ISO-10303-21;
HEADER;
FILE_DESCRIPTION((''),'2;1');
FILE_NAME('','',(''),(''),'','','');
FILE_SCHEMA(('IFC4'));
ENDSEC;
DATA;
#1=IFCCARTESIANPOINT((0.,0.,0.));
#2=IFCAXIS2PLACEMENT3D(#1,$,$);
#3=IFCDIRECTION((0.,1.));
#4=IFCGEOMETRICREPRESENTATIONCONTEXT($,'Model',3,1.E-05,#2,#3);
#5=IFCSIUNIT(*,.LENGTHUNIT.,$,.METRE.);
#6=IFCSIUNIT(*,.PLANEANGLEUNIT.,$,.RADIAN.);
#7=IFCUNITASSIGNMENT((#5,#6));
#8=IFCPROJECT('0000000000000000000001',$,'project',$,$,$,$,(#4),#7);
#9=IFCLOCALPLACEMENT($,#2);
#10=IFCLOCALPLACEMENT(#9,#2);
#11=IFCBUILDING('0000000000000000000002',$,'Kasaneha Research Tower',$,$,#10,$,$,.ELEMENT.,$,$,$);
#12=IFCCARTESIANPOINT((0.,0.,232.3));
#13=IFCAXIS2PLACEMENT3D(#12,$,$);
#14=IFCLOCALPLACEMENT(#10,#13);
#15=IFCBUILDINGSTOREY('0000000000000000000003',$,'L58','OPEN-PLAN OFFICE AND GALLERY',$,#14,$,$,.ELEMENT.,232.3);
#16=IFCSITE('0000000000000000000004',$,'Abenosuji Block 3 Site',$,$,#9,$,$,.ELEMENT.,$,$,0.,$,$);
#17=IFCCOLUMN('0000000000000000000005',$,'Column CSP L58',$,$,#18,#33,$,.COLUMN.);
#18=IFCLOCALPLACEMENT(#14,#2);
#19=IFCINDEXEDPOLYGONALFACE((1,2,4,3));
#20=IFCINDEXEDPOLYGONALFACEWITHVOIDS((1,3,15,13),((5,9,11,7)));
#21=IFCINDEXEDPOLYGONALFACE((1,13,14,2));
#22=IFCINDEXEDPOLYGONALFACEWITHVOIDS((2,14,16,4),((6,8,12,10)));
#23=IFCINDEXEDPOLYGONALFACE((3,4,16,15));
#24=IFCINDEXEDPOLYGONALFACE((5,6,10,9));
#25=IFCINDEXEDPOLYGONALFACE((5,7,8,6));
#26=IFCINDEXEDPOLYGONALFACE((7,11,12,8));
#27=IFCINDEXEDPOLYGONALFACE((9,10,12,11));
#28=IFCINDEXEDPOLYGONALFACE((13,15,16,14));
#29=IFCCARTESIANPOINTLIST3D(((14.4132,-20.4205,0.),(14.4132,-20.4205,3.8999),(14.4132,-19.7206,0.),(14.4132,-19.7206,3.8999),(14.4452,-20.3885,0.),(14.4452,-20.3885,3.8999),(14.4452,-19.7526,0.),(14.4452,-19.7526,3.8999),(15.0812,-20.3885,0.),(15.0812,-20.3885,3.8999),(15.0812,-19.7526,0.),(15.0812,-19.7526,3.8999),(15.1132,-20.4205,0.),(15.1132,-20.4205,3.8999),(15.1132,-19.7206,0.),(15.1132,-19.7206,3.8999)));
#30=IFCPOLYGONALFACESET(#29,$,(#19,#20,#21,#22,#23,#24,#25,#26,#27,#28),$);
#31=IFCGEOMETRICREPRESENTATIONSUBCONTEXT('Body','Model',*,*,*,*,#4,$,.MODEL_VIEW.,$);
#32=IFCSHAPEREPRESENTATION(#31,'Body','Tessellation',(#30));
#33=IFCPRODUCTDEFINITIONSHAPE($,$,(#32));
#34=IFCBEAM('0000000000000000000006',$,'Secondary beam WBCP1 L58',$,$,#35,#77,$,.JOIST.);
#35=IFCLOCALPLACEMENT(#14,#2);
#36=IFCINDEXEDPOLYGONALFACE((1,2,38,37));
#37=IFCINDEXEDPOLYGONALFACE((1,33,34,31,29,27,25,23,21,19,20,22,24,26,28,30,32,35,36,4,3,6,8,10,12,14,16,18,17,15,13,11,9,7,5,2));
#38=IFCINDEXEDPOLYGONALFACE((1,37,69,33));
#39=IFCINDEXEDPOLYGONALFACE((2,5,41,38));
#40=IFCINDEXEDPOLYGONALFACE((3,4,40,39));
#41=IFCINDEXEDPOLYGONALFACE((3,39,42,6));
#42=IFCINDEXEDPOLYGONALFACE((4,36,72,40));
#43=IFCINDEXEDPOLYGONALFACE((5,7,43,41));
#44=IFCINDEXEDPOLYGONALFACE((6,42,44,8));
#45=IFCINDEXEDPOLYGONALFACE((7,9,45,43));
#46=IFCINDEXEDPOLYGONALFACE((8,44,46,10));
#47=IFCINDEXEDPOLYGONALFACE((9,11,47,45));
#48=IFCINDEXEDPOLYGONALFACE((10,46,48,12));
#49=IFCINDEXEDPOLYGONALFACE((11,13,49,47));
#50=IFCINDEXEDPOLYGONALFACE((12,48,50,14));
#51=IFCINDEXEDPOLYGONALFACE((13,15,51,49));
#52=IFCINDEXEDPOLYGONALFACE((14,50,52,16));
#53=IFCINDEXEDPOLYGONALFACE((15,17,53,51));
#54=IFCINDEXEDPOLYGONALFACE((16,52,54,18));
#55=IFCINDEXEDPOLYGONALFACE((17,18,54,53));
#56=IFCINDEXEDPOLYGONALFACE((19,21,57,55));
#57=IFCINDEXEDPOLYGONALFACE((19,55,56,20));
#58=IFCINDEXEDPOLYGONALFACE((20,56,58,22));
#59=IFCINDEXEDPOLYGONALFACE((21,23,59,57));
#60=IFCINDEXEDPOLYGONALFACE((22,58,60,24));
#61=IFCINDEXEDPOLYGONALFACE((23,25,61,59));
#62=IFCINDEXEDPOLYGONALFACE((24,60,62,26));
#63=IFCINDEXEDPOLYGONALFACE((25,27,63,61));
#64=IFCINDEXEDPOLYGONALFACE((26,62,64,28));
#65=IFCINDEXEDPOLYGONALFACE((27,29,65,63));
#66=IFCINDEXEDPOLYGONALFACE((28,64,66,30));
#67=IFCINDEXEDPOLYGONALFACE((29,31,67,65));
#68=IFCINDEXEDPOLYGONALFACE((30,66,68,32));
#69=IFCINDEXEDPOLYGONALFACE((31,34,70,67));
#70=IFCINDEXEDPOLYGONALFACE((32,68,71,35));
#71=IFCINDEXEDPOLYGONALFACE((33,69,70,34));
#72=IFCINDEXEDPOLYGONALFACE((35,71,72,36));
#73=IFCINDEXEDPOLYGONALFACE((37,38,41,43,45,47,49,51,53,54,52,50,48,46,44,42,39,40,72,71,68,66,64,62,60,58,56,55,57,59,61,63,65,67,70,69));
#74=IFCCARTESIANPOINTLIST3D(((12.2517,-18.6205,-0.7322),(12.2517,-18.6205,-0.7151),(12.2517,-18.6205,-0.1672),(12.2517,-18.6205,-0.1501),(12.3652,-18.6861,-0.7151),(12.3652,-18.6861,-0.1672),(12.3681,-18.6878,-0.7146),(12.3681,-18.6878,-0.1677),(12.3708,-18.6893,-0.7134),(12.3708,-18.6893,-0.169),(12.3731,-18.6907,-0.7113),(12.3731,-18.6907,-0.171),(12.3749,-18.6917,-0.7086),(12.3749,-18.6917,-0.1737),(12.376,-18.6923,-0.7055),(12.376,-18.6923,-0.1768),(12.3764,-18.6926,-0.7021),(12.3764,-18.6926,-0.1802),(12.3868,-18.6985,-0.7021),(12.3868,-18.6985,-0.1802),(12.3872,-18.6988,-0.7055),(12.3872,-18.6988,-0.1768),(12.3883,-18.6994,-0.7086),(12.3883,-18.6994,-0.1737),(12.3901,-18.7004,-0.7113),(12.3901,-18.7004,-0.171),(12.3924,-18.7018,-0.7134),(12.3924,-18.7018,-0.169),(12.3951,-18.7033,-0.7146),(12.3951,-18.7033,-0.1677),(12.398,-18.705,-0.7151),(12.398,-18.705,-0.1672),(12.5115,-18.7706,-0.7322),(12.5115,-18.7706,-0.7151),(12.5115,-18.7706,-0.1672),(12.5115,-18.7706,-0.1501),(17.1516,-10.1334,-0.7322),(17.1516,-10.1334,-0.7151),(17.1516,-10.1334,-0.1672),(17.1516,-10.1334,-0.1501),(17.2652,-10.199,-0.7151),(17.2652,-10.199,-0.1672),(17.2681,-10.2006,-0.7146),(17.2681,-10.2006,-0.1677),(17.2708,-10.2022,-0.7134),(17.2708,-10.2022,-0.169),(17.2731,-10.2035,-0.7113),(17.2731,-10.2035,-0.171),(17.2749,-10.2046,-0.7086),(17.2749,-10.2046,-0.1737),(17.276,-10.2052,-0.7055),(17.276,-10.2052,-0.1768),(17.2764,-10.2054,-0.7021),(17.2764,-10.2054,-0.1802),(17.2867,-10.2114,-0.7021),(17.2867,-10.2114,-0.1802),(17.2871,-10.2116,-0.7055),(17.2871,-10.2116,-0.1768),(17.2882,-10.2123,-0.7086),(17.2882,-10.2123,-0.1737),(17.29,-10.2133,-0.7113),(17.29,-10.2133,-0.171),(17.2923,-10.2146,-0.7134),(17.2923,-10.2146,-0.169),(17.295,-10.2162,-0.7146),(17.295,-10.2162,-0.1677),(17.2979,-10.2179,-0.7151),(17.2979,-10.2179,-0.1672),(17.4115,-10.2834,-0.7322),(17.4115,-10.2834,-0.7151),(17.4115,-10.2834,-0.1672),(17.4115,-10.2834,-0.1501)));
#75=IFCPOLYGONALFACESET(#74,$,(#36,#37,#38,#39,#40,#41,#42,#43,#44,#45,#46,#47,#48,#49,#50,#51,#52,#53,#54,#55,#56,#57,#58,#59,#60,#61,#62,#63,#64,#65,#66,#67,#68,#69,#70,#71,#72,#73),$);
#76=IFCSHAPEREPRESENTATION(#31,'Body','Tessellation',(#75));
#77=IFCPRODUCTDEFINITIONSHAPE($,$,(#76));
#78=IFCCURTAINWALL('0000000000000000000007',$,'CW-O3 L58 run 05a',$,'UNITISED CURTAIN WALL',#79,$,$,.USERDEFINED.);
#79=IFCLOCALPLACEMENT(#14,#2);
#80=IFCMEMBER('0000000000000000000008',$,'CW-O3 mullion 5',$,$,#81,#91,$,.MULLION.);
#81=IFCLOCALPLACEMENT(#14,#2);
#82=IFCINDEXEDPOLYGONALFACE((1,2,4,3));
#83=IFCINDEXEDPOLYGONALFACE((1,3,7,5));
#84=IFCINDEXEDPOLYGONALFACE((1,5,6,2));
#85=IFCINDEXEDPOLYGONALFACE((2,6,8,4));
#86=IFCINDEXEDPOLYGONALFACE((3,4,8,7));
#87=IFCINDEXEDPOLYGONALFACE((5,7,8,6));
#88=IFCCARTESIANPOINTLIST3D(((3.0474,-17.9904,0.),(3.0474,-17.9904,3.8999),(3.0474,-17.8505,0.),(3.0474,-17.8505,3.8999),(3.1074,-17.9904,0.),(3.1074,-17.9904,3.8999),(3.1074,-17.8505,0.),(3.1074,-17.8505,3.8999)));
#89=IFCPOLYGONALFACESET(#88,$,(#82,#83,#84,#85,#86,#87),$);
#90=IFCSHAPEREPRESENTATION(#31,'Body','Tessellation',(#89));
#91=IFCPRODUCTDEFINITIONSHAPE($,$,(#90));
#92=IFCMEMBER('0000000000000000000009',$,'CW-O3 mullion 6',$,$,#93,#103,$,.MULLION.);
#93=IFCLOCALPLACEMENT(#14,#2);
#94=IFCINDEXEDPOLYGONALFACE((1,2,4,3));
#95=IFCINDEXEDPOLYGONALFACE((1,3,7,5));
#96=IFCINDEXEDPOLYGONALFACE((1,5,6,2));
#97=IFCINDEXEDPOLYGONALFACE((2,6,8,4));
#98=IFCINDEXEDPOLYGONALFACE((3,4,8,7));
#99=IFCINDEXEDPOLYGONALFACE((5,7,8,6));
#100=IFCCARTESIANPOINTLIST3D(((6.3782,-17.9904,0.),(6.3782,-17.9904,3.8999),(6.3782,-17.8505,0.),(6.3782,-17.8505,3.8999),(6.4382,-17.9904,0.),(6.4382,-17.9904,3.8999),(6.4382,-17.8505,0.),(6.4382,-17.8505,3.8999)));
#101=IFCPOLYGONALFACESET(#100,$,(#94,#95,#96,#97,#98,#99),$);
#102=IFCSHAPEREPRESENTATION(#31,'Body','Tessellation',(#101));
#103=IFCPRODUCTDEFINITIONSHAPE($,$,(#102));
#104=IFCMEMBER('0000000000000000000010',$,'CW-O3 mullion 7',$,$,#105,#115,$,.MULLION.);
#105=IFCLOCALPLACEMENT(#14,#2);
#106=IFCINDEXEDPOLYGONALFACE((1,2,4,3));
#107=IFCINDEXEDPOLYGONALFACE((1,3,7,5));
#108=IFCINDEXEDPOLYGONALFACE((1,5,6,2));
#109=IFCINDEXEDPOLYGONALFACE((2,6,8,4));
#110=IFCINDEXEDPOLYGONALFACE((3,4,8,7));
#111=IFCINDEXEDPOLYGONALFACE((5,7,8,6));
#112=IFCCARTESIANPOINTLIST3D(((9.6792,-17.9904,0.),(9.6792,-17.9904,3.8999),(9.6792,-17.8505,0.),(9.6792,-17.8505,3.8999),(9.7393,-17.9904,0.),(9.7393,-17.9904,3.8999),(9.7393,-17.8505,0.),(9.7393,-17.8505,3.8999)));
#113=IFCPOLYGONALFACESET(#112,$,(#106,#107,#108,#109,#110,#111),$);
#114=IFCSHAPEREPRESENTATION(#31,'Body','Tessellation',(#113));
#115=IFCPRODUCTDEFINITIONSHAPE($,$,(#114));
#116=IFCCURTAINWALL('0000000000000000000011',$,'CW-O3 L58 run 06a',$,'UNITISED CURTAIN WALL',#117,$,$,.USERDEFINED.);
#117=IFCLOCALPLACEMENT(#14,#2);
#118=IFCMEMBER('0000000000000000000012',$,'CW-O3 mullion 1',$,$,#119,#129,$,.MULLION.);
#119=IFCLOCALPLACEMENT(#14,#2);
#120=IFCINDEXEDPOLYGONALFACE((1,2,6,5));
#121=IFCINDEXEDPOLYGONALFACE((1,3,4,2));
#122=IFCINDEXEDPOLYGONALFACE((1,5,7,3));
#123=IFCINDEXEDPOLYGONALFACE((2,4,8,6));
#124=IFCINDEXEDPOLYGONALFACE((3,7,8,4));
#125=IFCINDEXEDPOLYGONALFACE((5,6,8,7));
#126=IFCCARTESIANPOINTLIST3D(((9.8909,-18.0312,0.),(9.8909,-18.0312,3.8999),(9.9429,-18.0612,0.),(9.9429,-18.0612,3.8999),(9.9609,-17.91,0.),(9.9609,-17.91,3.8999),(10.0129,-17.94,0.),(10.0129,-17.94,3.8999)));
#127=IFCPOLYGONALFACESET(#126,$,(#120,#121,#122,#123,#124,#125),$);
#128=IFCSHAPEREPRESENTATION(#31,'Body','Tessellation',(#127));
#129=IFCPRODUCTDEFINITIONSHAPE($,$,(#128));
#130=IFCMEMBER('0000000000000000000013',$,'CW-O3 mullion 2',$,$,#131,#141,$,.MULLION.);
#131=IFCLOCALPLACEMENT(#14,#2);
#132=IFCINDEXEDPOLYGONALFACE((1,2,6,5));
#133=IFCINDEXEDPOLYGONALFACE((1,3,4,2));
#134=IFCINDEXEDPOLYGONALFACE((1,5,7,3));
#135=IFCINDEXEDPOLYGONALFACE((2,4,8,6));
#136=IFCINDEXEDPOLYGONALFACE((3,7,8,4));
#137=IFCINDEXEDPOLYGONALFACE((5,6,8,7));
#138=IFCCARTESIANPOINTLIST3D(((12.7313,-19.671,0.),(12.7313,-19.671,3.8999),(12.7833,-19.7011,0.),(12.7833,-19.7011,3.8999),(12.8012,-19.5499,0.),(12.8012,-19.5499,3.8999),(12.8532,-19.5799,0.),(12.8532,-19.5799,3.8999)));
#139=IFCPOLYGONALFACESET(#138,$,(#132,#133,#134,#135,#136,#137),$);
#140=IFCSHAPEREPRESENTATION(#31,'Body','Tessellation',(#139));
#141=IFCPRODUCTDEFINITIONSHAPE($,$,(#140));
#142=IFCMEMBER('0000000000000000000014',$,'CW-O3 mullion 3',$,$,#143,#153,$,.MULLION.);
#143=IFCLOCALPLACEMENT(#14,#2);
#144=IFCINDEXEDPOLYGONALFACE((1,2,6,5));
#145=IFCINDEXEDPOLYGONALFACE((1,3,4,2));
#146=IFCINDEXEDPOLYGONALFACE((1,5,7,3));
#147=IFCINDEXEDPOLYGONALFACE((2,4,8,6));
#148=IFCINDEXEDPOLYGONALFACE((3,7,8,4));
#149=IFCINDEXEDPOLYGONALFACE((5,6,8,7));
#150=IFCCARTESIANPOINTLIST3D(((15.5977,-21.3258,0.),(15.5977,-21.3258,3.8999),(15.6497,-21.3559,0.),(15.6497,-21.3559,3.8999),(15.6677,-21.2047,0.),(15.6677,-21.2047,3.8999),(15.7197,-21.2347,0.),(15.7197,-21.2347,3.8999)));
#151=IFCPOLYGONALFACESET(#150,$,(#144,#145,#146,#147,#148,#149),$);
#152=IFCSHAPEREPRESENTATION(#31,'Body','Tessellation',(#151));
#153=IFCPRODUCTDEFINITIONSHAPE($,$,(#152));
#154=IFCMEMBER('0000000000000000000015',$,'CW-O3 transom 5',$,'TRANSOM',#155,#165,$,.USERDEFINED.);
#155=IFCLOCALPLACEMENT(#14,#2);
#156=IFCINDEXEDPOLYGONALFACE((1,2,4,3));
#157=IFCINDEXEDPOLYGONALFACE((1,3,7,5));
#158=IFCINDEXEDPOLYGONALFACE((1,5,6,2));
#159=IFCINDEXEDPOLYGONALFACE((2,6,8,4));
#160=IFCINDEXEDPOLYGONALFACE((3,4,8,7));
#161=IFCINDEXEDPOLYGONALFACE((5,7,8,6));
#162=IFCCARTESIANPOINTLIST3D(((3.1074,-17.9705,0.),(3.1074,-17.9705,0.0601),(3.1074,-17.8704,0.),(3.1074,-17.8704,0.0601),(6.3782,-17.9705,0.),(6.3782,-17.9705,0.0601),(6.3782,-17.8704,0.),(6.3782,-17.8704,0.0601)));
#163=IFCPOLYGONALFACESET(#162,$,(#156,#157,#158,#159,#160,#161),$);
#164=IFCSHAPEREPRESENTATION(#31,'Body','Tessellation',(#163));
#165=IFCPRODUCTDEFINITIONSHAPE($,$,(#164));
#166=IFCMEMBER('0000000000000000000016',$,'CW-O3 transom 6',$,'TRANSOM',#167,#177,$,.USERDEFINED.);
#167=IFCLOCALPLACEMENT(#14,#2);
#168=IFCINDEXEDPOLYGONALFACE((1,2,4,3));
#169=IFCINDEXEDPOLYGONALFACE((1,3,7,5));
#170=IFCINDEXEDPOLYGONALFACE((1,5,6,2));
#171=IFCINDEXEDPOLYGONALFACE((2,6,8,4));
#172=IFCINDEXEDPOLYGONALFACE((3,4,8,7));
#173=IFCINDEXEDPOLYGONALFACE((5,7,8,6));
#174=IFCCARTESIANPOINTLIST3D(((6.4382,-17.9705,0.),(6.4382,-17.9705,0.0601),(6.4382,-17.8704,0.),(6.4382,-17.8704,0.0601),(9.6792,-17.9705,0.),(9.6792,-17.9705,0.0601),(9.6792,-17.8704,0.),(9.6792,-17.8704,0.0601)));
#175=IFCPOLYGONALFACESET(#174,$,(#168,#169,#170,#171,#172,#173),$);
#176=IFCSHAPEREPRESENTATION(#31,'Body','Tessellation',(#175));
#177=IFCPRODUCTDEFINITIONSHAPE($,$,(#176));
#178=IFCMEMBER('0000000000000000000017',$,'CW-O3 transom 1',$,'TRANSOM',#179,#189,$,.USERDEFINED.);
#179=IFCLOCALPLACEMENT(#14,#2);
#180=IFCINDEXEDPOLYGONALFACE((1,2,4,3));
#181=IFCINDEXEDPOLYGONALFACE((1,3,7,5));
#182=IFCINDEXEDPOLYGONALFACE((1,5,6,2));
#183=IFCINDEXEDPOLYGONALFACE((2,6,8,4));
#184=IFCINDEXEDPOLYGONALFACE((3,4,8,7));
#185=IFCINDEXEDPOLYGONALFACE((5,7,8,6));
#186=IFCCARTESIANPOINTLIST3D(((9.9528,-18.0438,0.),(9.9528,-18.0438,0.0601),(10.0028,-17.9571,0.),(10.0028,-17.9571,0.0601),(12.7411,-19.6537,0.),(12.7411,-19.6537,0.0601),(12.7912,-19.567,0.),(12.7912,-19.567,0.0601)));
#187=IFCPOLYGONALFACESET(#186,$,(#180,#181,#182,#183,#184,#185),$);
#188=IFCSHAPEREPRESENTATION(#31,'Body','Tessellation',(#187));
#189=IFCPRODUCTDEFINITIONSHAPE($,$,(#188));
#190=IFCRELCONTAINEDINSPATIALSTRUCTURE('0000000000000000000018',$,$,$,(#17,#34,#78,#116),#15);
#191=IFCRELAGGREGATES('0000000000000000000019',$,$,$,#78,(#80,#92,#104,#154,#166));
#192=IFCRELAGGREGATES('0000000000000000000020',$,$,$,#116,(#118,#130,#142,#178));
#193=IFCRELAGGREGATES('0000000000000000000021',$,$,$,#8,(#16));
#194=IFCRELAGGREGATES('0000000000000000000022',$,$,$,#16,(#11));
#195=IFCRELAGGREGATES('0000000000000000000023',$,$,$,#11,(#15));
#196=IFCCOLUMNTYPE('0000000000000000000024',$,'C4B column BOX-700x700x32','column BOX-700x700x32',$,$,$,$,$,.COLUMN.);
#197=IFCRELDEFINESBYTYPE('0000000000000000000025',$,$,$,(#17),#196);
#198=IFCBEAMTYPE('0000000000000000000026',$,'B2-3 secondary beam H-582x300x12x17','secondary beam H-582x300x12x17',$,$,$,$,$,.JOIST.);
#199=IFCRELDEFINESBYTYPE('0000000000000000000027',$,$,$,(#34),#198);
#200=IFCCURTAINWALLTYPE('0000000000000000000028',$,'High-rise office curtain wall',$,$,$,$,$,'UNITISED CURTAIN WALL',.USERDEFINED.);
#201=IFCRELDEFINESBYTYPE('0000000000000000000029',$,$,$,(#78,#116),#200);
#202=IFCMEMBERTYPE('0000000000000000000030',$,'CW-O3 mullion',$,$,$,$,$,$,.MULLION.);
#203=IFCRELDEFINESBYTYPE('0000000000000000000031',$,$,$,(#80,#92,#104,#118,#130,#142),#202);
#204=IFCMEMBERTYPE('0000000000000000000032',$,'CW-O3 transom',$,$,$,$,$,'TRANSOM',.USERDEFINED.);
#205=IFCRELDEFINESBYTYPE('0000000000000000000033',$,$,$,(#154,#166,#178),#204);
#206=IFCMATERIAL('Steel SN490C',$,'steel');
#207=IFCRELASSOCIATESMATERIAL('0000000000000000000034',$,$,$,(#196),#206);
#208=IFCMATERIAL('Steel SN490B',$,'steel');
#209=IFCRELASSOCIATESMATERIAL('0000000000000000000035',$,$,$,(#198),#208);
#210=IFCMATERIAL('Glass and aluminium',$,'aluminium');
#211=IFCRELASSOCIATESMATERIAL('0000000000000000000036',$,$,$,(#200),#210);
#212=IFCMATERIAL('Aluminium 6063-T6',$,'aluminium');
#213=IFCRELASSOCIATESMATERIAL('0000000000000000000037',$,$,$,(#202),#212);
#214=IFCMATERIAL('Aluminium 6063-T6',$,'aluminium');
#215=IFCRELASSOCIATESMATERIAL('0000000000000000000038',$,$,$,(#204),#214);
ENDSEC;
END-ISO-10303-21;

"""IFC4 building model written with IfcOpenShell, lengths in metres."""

from ifc_helpers import new_model, si_unit, direction, frame, origin, origin_2d, place, context, subcontext, project, spatial, rectangle, hollow_rectangle, i_section, extrude, material, material_profile, profile_set, type_object, element, aggregate, save


model = new_model("IFC4")

# Units and contexts
model_context = context("Model", 3, precision=1e-05, world=origin(), true_north=direction((0.0, 1.0)))
body_context = subcontext(model_context, "Body", "Model", "MODEL_VIEW")
ifc_project = project(units=[si_unit("LENGTHUNIT", "METRE"), si_unit("PLANEANGLEUNIT", "RADIAN")], contexts=[model_context])

# Site, building, storey
site_placement = place(None, origin())
site = spatial("IfcSite", under=ifc_project, at=site_placement, Name="Abenosuji Block 3 Site", CompositionType="ELEMENT", RefElevation=0.0)
building_placement = place(site_placement, origin())
building = spatial("IfcBuilding", under=site, at=building_placement, Name="Kasaneha Research Tower", CompositionType="ELEMENT")
storey_placement = place(building_placement, frame((0.0, 0.0, 232.3)))
storey = spatial("IfcBuildingStorey", under=building, at=storey_placement, Name="L58", Description="OPEN-PLAN OFFICE AND GALLERY", CompositionType="ELEMENT", Elevation=232.3)

# Column
ifc_material_1 = material(Name="Steel SN490C", Category="steel")
ifc_material_profile_1 = material_profile(ifc_material_1, hollow_rectangle(XDim=0.7, YDim=0.7, WallThickness=0.032, at=origin_2d()), Name="BOX-700x700x32")
ifc_profile_set_1 = profile_set([ifc_material_profile_1], Name="Steel SN490C")
column_type = type_object("IfcColumnType", Name="C4B column BOX-700x700x32", Description="column BOX-700x700x32", PredefinedType="COLUMN", material=ifc_profile_set_1)
column_placement = place(storey_placement, frame((14.7632, -20.0706, 0.0), z_axis=(0.0, 0.0, 1.0), x_axis=(1.0, 0.0, 0.0)))
element("IfcColumn", 1, at=column_placement, inside=storey, type_object=column_type, Name="Column CSP L58", PredefinedType="COLUMN", context=body_context, shape_type="SweptSolid", body=[
    extrude(hollow_rectangle(XDim=0.7, YDim=0.7, WallThickness=0.032, at=origin_2d()), origin(), (0.0, 0.0, 1.0), 3.8999),
])

# Beam
ifc_material_2 = material(Name="Steel SN490B", Category="steel")
ifc_material_profile_2 = material_profile(ifc_material_2, i_section(OverallWidth=0.3, OverallDepth=0.582, WebThickness=0.012, FlangeThickness=0.0171, FilletRadius=0.0129, at=origin_2d()), Name="H-582x300x12x17")
ifc_profile_set_2 = profile_set([ifc_material_profile_2], Name="Steel SN490B")
beam_type_1 = type_object("IfcBeamType", Name="B2-3 secondary beam H-582x300x12x17", Description="secondary beam H-582x300x12x17", PredefinedType="JOIST", material=ifc_profile_set_2)
beam_1_placement = place(storey_placement, frame((12.3816, -18.6956, -0.4412), z_axis=(0.499992, 0.86603, 0.0), x_axis=(-0.86603, 0.499992, 0.0)))
element("IfcBeam", 2, at=beam_1_placement, inside=storey, type_object=beam_type_1, Name="Secondary beam WBCP1 L58", PredefinedType="JOIST", context=body_context, shape_type="SweptSolid", body=[
    extrude(i_section(OverallWidth=0.3, OverallDepth=0.582, WebThickness=0.012, FlangeThickness=0.0171, FilletRadius=0.0129, at=origin_2d()), origin(), (0.0, 0.0, 1.0), 9.8),
])

# Curtain walls, members
ifc_material_3 = material(Name="Glass and aluminium", Category="aluminium")
curtain_wall_type = type_object("IfcCurtainWallType", Name="High-rise office curtain wall", ElementType="UNITISED CURTAIN WALL", PredefinedType="USERDEFINED", material=ifc_material_3)
curtain_wall_1_placement = place(storey_placement, origin())
curtain_wall_1 = element("IfcCurtainWall", 3, at=curtain_wall_1_placement, inside=storey, type_object=curtain_wall_type, Name="CW-O3 L58 run 05a", ObjectType="UNITISED CURTAIN WALL", PredefinedType="USERDEFINED")
ifc_material_4 = material(Name="Aluminium 6063-T6", Category="aluminium")
ifc_material_profile_3 = material_profile(ifc_material_4, rectangle(XDim=0.0601, YDim=0.1399, at=origin_2d()), Name="CW-O3 mullion 60x140")
ifc_profile_set_3 = profile_set([ifc_material_profile_3], Name="Aluminium 6063-T6")
member_type_1 = type_object("IfcMemberType", Name="CW-O3 mullion", PredefinedType="MULLION", material=ifc_profile_set_3)
member_1_placement = place(storey_placement, frame((3.0774, -17.9204, 0.0), z_axis=(0.0, 0.0, 1.0), x_axis=(1.0, 0.0, 0.0)))
member_1 = element("IfcMember", 4, at=member_1_placement, type_object=member_type_1, Name="CW-O3 mullion 5", PredefinedType="MULLION", context=body_context, shape_type="SweptSolid", body=[
    extrude(rectangle(XDim=0.0601, YDim=0.1399, at=origin_2d()), origin(), (0.0, 0.0, 1.0), 3.8999),
])
member_2_placement = place(storey_placement, frame((6.4082, -17.9204, 0.0), z_axis=(0.0, 0.0, 1.0), x_axis=(1.0, 0.0, 0.0)))
member_2 = element("IfcMember", 5, at=member_2_placement, type_object=member_type_1, Name="CW-O3 mullion 6", PredefinedType="MULLION", context=body_context, shape_type="SweptSolid", body=[
    extrude(rectangle(XDim=0.0601, YDim=0.1399, at=origin_2d()), origin(), (0.0, 0.0, 1.0), 3.8999),
])
member_3_placement = place(storey_placement, frame((9.7092, -17.9204, 0.0), z_axis=(0.0, 0.0, 1.0), x_axis=(1.0, 0.0, 0.0)))
member_3 = element("IfcMember", 6, at=member_3_placement, type_object=member_type_1, Name="CW-O3 mullion 7", PredefinedType="MULLION", context=body_context, shape_type="SweptSolid", body=[
    extrude(rectangle(XDim=0.0601, YDim=0.1399, at=origin_2d()), origin(), (0.0, 0.0, 1.0), 3.8999),
])
curtain_wall_2_placement = place(storey_placement, origin())
curtain_wall_2 = element("IfcCurtainWall", 7, at=curtain_wall_2_placement, inside=storey, type_object=curtain_wall_type, Name="CW-O3 L58 run 06a", ObjectType="UNITISED CURTAIN WALL", PredefinedType="USERDEFINED")
member_4_placement = place(storey_placement, frame((9.9519, -17.9856, 0.0), z_axis=(0.0, 0.0, 1.0), x_axis=(0.866025, -0.5, 0.0)))
member_4 = element("IfcMember", 8, at=member_4_placement, type_object=member_type_1, Name="CW-O3 mullion 1", PredefinedType="MULLION", context=body_context, shape_type="SweptSolid", body=[
    extrude(rectangle(XDim=0.0601, YDim=0.1399, at=origin_2d()), origin(), (0.0, 0.0, 1.0), 3.8999),
])
member_5_placement = place(storey_placement, frame((12.7922, -19.6255, 0.0), z_axis=(0.0, 0.0, 1.0), x_axis=(0.866025, -0.5, 0.0)))
member_5 = element("IfcMember", 9, at=member_5_placement, type_object=member_type_1, Name="CW-O3 mullion 2", PredefinedType="MULLION", context=body_context, shape_type="SweptSolid", body=[
    extrude(rectangle(XDim=0.0601, YDim=0.1399, at=origin_2d()), origin(), (0.0, 0.0, 1.0), 3.8999),
])
member_6_placement = place(storey_placement, frame((15.6587, -21.2803, 0.0), z_axis=(0.0, 0.0, 1.0), x_axis=(0.866025, -0.5, 0.0)))
member_6 = element("IfcMember", 10, at=member_6_placement, type_object=member_type_1, Name="CW-O3 mullion 3", PredefinedType="MULLION", context=body_context, shape_type="SweptSolid", body=[
    extrude(rectangle(XDim=0.0601, YDim=0.1399, at=origin_2d()), origin(), (0.0, 0.0, 1.0), 3.8999),
])

# Members
ifc_material_5 = material(Name="Aluminium 6063-T6", Category="aluminium")
ifc_material_profile_4 = material_profile(ifc_material_5, rectangle(XDim=0.1001, YDim=0.0601, at=origin_2d()), Name="CW-O3 transom 100x60")
ifc_profile_set_4 = profile_set([ifc_material_profile_4], Name="Aluminium 6063-T6")
member_type_2 = type_object("IfcMemberType", Name="CW-O3 transom", ElementType="TRANSOM", PredefinedType="USERDEFINED", material=ifc_profile_set_4)
member_7_placement = place(storey_placement, frame((3.1074, -17.9204, 0.03), z_axis=(1.0, 0.0, 0.0), x_axis=(0.0, 1.0, 0.0)))
member_7 = element("IfcMember", 11, at=member_7_placement, type_object=member_type_2, Name="CW-O3 transom 5", ObjectType="TRANSOM", PredefinedType="USERDEFINED", context=body_context, shape_type="SweptSolid", body=[
    extrude(rectangle(XDim=0.1001, YDim=0.0601, at=origin_2d()), origin(), (0.0, 0.0, 1.0), 3.2708),
])
member_8_placement = place(storey_placement, frame((6.4382, -17.9204, 0.03), z_axis=(1.0, 0.0, 0.0), x_axis=(0.0, 1.0, 0.0)))
member_8 = element("IfcMember", 12, at=member_8_placement, type_object=member_type_2, Name="CW-O3 transom 6", ObjectType="TRANSOM", PredefinedType="USERDEFINED", context=body_context, shape_type="SweptSolid", body=[
    extrude(rectangle(XDim=0.1001, YDim=0.0601, at=origin_2d()), origin(), (0.0, 0.0, 1.0), 3.241),
])
member_9_placement = place(storey_placement, frame((9.9778, -18.0005, 0.03), z_axis=(0.866023, -0.500005, 0.0), x_axis=(0.500005, 0.866023, 0.0)))
member_9 = element("IfcMember", 13, at=member_9_placement, type_object=member_type_2, Name="CW-O3 transom 1", ObjectType="TRANSOM", PredefinedType="USERDEFINED", context=body_context, shape_type="SweptSolid", body=[
    extrude(rectangle(XDim=0.1001, YDim=0.0601, at=origin_2d()), origin(), (0.0, 0.0, 1.0), 3.2197),
])

aggregate(curtain_wall_1, [member_1, member_2, member_3, member_7, member_8])
aggregate(curtain_wall_2, [member_4, member_5, member_6, member_9])

save(model, "model.ifc")
